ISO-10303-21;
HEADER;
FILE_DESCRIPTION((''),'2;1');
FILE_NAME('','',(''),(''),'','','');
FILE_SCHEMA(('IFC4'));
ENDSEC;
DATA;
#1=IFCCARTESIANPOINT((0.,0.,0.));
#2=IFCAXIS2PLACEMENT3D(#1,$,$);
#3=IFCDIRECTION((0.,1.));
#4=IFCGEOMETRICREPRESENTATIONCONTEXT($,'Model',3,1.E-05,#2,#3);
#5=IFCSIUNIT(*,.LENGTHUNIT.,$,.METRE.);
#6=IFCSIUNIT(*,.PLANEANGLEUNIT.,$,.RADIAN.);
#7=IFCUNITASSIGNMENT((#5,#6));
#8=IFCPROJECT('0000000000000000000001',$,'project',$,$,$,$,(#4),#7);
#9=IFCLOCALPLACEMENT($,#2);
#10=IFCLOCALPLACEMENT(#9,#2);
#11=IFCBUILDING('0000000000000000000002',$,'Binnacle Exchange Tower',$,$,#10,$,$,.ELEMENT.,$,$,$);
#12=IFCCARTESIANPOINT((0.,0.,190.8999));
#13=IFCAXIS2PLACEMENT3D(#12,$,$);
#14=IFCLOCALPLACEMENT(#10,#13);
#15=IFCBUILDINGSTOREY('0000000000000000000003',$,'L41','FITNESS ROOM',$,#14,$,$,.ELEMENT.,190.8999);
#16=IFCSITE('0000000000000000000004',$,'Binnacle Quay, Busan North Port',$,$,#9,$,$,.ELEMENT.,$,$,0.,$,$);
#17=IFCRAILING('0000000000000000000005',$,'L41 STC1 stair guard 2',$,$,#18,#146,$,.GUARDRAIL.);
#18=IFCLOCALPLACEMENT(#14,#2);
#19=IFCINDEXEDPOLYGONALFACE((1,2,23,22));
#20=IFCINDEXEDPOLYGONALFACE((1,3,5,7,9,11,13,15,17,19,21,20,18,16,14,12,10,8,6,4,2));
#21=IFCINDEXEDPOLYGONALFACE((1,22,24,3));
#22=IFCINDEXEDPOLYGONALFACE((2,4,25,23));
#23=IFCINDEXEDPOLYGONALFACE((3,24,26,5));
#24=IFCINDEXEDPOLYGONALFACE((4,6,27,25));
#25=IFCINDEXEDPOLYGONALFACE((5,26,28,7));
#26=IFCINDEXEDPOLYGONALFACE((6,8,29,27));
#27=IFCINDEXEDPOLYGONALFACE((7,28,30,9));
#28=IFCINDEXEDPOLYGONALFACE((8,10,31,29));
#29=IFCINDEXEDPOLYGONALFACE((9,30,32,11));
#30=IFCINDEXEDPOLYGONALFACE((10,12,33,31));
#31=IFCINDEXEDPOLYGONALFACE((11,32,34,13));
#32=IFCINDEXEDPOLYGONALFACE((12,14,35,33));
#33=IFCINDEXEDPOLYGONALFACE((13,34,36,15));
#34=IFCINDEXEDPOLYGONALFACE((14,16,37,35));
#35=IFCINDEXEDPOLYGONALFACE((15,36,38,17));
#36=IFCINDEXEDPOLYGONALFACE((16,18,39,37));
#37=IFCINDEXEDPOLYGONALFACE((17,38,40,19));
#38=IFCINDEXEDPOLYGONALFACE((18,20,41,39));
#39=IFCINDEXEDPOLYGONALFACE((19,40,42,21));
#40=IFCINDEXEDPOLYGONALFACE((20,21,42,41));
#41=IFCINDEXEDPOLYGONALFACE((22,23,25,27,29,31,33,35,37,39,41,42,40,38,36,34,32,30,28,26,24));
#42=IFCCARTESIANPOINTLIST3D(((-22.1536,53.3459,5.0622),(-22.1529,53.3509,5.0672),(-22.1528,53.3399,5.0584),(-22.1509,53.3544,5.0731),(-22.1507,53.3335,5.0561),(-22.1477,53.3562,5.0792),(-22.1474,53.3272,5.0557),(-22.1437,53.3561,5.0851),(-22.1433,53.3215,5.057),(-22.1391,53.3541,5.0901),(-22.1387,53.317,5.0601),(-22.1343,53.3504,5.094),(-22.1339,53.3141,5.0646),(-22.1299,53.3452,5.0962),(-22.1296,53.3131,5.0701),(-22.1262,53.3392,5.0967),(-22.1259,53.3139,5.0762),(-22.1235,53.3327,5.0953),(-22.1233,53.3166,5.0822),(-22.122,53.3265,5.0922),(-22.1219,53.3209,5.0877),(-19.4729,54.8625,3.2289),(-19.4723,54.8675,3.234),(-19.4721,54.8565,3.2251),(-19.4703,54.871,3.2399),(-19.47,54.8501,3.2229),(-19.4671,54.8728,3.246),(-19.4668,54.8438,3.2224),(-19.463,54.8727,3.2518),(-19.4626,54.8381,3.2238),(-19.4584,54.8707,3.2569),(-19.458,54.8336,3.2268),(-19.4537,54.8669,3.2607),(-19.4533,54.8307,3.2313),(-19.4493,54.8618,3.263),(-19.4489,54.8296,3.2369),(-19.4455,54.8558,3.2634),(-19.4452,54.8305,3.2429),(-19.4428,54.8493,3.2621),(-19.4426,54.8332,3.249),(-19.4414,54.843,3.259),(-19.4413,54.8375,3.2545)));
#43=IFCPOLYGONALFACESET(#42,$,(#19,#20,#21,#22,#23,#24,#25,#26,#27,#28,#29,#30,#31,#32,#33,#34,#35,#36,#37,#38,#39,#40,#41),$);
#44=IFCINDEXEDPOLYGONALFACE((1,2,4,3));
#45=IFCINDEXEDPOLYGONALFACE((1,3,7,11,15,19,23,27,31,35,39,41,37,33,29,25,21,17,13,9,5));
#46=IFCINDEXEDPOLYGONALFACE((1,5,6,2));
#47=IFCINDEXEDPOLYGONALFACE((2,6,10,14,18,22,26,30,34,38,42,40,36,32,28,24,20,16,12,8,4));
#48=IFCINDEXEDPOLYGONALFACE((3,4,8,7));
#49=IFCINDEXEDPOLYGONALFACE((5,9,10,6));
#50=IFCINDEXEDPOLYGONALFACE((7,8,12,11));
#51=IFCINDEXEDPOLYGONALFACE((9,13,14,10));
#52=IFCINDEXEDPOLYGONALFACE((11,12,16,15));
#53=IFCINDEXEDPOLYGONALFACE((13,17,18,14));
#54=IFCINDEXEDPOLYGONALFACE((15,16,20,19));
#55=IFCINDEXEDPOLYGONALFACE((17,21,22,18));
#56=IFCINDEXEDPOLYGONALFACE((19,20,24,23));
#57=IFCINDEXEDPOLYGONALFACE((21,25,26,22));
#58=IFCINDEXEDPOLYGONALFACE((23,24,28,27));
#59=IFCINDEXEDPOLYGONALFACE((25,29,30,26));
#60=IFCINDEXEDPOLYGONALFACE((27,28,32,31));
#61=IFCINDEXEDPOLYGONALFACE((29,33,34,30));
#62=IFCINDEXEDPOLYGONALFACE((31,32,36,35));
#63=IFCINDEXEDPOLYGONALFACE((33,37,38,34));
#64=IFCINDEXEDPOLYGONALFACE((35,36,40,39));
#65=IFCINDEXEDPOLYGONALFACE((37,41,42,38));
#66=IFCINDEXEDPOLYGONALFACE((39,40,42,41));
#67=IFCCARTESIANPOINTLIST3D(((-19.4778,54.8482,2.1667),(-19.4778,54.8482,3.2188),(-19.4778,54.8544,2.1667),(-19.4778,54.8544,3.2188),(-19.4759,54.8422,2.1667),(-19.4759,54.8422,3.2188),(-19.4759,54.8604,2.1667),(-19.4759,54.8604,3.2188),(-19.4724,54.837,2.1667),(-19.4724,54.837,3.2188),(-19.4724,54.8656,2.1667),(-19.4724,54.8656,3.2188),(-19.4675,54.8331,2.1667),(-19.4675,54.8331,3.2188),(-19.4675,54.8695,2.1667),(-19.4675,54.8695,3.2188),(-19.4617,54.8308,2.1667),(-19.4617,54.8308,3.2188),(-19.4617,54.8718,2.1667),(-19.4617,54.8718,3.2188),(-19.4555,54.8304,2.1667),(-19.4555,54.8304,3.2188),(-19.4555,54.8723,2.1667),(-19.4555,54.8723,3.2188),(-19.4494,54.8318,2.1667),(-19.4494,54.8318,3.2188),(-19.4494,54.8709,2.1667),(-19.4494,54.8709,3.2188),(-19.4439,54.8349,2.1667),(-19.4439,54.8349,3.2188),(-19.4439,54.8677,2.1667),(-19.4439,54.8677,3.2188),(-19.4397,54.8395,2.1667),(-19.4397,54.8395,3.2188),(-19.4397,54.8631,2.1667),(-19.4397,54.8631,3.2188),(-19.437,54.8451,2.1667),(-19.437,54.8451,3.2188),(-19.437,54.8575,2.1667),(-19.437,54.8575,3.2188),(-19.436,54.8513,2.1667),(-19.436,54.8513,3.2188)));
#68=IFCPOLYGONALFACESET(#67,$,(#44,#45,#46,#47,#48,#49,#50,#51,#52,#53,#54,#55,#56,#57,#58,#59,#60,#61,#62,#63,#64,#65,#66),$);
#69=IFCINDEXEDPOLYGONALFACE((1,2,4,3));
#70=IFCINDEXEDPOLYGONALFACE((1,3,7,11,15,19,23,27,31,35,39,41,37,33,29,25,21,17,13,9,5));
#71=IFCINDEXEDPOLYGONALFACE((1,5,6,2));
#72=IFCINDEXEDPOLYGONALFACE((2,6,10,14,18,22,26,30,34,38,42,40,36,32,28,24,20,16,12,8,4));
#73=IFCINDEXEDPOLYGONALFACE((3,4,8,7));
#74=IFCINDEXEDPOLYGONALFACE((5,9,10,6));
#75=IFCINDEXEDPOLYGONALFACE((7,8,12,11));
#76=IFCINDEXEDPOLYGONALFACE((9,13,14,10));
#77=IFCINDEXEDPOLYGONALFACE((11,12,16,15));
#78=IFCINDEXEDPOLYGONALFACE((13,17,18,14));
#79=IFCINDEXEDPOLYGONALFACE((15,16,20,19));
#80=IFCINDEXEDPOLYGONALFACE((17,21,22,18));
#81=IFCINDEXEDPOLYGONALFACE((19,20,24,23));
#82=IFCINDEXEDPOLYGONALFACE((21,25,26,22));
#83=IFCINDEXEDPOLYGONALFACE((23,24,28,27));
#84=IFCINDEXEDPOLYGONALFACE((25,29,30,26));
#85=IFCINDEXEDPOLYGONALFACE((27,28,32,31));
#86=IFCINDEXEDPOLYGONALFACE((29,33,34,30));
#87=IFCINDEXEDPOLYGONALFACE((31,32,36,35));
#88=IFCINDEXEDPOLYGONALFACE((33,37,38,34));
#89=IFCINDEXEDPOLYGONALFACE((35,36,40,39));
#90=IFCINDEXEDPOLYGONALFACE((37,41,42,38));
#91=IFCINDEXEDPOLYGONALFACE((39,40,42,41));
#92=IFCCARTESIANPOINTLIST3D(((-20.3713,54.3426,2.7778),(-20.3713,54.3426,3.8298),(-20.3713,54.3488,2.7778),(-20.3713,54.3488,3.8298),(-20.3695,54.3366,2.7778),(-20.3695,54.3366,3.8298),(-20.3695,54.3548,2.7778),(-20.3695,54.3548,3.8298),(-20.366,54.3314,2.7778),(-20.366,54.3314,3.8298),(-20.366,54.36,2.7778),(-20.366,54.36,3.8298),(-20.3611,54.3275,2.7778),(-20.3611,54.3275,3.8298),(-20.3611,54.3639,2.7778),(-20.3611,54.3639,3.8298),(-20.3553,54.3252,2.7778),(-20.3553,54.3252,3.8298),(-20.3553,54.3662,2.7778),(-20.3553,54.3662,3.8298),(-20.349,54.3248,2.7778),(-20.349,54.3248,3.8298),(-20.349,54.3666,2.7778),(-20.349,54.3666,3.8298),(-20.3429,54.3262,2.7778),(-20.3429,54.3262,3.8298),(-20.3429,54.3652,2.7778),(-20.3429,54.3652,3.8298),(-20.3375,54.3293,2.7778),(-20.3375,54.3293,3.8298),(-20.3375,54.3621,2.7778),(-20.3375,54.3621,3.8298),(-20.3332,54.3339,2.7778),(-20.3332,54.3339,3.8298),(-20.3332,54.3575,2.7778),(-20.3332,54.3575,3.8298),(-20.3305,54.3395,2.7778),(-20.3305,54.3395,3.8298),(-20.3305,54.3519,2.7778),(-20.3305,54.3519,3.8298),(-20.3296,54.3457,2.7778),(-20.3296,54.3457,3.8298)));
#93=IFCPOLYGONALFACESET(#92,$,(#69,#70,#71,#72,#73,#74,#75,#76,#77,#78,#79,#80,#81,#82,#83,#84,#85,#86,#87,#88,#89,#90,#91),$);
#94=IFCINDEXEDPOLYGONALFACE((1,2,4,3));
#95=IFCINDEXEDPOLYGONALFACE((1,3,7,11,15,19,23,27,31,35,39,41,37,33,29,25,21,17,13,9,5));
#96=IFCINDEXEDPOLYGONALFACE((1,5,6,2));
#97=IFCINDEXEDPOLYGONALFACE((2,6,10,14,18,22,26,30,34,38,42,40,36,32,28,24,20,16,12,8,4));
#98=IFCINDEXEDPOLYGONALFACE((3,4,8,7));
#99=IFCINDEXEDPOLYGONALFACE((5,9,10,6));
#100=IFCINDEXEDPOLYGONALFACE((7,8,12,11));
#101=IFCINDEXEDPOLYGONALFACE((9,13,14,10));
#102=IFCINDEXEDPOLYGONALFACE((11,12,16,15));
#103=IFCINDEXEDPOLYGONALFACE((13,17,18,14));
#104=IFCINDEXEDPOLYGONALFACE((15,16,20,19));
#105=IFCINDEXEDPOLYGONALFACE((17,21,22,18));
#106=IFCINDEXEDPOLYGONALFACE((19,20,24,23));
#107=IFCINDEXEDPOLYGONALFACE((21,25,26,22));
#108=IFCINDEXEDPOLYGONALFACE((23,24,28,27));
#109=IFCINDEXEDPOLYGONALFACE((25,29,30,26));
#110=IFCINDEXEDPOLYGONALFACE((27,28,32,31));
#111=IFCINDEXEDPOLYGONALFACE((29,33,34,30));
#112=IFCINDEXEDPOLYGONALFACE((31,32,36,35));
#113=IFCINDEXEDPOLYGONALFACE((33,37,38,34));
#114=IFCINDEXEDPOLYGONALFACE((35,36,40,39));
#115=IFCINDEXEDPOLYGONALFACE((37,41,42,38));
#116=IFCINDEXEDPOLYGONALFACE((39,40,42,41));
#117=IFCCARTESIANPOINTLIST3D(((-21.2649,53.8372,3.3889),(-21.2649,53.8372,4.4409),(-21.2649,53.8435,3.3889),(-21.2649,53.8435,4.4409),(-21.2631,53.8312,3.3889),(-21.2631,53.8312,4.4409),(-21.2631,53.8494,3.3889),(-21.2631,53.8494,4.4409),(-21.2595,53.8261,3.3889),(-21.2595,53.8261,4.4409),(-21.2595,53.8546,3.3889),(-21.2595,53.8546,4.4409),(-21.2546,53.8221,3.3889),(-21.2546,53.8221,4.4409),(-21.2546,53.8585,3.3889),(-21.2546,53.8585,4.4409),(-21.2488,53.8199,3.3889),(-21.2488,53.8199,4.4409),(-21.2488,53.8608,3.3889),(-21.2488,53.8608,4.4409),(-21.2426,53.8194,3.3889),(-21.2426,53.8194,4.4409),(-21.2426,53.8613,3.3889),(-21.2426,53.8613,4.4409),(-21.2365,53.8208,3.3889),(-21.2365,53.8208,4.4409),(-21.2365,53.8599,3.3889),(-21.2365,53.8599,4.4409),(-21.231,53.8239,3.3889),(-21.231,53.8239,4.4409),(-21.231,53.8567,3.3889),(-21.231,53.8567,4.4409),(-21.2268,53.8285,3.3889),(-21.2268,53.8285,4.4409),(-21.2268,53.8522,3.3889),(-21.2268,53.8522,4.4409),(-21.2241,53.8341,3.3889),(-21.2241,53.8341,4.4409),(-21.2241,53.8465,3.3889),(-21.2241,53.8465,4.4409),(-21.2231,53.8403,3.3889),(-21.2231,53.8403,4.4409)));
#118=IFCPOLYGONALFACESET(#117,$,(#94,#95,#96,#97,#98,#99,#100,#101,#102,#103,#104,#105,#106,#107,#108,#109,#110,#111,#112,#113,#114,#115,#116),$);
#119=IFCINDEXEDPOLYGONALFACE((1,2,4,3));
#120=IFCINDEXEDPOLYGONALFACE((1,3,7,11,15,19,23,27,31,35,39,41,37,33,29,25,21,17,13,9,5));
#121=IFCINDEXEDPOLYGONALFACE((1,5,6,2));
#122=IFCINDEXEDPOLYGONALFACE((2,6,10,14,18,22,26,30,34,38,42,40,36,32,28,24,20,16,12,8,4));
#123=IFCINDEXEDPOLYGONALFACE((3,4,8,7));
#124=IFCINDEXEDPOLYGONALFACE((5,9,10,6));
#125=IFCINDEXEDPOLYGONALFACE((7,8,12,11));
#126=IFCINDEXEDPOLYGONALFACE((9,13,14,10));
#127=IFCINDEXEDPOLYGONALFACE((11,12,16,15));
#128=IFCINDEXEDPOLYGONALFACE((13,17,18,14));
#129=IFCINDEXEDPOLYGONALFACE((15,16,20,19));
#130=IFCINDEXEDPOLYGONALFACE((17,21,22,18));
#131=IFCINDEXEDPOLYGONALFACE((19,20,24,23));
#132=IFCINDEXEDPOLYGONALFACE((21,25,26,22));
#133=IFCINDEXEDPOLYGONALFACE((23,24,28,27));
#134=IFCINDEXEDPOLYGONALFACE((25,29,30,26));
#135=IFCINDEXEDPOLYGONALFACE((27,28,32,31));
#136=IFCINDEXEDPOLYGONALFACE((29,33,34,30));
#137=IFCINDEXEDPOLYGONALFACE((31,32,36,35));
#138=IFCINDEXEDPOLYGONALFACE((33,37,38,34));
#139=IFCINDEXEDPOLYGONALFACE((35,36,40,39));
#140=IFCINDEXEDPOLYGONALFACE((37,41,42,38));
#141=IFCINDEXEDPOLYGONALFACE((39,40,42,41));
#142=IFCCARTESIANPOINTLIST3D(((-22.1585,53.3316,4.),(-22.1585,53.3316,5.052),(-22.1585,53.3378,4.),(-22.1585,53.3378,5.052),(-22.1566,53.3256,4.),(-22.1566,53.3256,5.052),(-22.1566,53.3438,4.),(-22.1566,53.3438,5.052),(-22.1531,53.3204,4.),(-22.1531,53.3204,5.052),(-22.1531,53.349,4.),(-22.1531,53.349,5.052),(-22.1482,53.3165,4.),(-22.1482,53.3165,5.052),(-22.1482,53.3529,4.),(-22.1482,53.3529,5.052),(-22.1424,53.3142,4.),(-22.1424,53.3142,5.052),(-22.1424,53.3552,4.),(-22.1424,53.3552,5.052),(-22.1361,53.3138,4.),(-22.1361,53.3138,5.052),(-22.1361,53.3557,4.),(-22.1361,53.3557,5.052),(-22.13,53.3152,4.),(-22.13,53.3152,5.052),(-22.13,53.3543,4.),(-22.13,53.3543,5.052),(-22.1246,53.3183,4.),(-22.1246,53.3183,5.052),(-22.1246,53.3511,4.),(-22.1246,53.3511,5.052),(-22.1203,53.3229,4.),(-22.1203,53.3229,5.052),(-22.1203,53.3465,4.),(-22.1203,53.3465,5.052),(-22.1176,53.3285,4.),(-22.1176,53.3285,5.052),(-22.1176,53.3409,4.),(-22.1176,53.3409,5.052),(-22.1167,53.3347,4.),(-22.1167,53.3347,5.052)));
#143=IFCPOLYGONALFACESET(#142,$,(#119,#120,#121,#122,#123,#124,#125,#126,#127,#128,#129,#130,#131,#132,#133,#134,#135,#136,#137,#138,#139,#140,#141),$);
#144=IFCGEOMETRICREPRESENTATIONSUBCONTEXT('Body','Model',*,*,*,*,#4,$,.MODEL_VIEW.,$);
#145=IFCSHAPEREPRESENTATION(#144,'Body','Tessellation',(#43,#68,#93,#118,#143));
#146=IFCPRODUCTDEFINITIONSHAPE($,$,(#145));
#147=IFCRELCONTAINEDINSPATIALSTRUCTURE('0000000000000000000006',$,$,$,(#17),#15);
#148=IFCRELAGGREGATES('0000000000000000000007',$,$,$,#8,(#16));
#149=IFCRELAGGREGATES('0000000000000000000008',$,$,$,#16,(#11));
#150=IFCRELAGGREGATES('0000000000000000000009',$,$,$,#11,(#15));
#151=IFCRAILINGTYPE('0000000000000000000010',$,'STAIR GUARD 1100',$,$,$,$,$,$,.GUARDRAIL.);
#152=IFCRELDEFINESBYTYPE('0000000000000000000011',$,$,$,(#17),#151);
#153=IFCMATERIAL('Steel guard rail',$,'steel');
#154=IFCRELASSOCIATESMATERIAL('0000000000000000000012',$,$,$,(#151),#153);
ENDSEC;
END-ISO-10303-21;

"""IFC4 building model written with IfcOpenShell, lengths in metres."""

from ifc_helpers import new_model, si_unit, direction, frame, origin, origin_2d, place, context, subcontext, project, spatial, circle, extrude, material, type_object, element, save


model = new_model("IFC4")

# Units and contexts
model_context = context("Model", 3, precision=1e-05, world=origin(), true_north=direction((0.0, 1.0)))
body_context = subcontext(model_context, "Body", "Model", "MODEL_VIEW")
ifc_project = project(units=[si_unit("LENGTHUNIT", "METRE"), si_unit("PLANEANGLEUNIT", "RADIAN")], contexts=[model_context])

# Site, building, storey
site_placement = place(None, origin())
site = spatial("IfcSite", under=ifc_project, at=site_placement, Name="Binnacle Quay, Busan North Port", CompositionType="ELEMENT", RefElevation=0.0)
building_placement = place(site_placement, origin())
building = spatial("IfcBuilding", under=site, at=building_placement, Name="Binnacle Exchange Tower", CompositionType="ELEMENT")
storey_placement = place(building_placement, frame((0.0, 0.0, 190.8999)))
storey = spatial("IfcBuildingStorey", under=building, at=storey_placement, Name="L41", Description="FITNESS ROOM", CompositionType="ELEMENT", Elevation=190.8999)

# Railing
ifc_material_1 = material(Name="Steel guard rail", Category="steel")
railing_type_1 = type_object("IfcRailingType", Name="STAIR GUARD 1100", PredefinedType="GUARDRAIL", material=ifc_material_1)
railing_1_placement = place(storey_placement, frame((-19.457, 54.8513, 2.1667)))
element("IfcRailing", 1, at=railing_1_placement, inside=storey, type_object=railing_type_1, Name="L41 STC1 stair guard 2", PredefinedType="GUARDRAIL", context=body_context, shape_type="SweptSolid", body=[
    extrude(circle(Radius=0.0239, at=origin_2d()), frame((0.0, 0.0, 1.0762), z_axis=(-0.747901, -0.423129, 0.511474), x_axis=(0.492412, -0.870362, 0.0)), (0.0, 0.0, 1.0), 3.5842),
    extrude(circle(Radius=0.021, at=origin_2d()), origin(), (0.0, 0.0, 1.0), 1.052),
    extrude(circle(Radius=0.021, at=origin_2d()), frame((-0.8936, -0.5056, 0.6111)), (0.0, 0.0, 1.0), 1.052),
    extrude(circle(Radius=0.021, at=origin_2d()), frame((-1.7871, -1.011, 1.2222)), (0.0, 0.0, 1.0), 1.052),
    extrude(circle(Radius=0.021, at=origin_2d()), frame((-2.6807, -1.5166, 1.8333)), (0.0, 0.0, 1.0), 1.052),
])

save(model, "model.ifc")
